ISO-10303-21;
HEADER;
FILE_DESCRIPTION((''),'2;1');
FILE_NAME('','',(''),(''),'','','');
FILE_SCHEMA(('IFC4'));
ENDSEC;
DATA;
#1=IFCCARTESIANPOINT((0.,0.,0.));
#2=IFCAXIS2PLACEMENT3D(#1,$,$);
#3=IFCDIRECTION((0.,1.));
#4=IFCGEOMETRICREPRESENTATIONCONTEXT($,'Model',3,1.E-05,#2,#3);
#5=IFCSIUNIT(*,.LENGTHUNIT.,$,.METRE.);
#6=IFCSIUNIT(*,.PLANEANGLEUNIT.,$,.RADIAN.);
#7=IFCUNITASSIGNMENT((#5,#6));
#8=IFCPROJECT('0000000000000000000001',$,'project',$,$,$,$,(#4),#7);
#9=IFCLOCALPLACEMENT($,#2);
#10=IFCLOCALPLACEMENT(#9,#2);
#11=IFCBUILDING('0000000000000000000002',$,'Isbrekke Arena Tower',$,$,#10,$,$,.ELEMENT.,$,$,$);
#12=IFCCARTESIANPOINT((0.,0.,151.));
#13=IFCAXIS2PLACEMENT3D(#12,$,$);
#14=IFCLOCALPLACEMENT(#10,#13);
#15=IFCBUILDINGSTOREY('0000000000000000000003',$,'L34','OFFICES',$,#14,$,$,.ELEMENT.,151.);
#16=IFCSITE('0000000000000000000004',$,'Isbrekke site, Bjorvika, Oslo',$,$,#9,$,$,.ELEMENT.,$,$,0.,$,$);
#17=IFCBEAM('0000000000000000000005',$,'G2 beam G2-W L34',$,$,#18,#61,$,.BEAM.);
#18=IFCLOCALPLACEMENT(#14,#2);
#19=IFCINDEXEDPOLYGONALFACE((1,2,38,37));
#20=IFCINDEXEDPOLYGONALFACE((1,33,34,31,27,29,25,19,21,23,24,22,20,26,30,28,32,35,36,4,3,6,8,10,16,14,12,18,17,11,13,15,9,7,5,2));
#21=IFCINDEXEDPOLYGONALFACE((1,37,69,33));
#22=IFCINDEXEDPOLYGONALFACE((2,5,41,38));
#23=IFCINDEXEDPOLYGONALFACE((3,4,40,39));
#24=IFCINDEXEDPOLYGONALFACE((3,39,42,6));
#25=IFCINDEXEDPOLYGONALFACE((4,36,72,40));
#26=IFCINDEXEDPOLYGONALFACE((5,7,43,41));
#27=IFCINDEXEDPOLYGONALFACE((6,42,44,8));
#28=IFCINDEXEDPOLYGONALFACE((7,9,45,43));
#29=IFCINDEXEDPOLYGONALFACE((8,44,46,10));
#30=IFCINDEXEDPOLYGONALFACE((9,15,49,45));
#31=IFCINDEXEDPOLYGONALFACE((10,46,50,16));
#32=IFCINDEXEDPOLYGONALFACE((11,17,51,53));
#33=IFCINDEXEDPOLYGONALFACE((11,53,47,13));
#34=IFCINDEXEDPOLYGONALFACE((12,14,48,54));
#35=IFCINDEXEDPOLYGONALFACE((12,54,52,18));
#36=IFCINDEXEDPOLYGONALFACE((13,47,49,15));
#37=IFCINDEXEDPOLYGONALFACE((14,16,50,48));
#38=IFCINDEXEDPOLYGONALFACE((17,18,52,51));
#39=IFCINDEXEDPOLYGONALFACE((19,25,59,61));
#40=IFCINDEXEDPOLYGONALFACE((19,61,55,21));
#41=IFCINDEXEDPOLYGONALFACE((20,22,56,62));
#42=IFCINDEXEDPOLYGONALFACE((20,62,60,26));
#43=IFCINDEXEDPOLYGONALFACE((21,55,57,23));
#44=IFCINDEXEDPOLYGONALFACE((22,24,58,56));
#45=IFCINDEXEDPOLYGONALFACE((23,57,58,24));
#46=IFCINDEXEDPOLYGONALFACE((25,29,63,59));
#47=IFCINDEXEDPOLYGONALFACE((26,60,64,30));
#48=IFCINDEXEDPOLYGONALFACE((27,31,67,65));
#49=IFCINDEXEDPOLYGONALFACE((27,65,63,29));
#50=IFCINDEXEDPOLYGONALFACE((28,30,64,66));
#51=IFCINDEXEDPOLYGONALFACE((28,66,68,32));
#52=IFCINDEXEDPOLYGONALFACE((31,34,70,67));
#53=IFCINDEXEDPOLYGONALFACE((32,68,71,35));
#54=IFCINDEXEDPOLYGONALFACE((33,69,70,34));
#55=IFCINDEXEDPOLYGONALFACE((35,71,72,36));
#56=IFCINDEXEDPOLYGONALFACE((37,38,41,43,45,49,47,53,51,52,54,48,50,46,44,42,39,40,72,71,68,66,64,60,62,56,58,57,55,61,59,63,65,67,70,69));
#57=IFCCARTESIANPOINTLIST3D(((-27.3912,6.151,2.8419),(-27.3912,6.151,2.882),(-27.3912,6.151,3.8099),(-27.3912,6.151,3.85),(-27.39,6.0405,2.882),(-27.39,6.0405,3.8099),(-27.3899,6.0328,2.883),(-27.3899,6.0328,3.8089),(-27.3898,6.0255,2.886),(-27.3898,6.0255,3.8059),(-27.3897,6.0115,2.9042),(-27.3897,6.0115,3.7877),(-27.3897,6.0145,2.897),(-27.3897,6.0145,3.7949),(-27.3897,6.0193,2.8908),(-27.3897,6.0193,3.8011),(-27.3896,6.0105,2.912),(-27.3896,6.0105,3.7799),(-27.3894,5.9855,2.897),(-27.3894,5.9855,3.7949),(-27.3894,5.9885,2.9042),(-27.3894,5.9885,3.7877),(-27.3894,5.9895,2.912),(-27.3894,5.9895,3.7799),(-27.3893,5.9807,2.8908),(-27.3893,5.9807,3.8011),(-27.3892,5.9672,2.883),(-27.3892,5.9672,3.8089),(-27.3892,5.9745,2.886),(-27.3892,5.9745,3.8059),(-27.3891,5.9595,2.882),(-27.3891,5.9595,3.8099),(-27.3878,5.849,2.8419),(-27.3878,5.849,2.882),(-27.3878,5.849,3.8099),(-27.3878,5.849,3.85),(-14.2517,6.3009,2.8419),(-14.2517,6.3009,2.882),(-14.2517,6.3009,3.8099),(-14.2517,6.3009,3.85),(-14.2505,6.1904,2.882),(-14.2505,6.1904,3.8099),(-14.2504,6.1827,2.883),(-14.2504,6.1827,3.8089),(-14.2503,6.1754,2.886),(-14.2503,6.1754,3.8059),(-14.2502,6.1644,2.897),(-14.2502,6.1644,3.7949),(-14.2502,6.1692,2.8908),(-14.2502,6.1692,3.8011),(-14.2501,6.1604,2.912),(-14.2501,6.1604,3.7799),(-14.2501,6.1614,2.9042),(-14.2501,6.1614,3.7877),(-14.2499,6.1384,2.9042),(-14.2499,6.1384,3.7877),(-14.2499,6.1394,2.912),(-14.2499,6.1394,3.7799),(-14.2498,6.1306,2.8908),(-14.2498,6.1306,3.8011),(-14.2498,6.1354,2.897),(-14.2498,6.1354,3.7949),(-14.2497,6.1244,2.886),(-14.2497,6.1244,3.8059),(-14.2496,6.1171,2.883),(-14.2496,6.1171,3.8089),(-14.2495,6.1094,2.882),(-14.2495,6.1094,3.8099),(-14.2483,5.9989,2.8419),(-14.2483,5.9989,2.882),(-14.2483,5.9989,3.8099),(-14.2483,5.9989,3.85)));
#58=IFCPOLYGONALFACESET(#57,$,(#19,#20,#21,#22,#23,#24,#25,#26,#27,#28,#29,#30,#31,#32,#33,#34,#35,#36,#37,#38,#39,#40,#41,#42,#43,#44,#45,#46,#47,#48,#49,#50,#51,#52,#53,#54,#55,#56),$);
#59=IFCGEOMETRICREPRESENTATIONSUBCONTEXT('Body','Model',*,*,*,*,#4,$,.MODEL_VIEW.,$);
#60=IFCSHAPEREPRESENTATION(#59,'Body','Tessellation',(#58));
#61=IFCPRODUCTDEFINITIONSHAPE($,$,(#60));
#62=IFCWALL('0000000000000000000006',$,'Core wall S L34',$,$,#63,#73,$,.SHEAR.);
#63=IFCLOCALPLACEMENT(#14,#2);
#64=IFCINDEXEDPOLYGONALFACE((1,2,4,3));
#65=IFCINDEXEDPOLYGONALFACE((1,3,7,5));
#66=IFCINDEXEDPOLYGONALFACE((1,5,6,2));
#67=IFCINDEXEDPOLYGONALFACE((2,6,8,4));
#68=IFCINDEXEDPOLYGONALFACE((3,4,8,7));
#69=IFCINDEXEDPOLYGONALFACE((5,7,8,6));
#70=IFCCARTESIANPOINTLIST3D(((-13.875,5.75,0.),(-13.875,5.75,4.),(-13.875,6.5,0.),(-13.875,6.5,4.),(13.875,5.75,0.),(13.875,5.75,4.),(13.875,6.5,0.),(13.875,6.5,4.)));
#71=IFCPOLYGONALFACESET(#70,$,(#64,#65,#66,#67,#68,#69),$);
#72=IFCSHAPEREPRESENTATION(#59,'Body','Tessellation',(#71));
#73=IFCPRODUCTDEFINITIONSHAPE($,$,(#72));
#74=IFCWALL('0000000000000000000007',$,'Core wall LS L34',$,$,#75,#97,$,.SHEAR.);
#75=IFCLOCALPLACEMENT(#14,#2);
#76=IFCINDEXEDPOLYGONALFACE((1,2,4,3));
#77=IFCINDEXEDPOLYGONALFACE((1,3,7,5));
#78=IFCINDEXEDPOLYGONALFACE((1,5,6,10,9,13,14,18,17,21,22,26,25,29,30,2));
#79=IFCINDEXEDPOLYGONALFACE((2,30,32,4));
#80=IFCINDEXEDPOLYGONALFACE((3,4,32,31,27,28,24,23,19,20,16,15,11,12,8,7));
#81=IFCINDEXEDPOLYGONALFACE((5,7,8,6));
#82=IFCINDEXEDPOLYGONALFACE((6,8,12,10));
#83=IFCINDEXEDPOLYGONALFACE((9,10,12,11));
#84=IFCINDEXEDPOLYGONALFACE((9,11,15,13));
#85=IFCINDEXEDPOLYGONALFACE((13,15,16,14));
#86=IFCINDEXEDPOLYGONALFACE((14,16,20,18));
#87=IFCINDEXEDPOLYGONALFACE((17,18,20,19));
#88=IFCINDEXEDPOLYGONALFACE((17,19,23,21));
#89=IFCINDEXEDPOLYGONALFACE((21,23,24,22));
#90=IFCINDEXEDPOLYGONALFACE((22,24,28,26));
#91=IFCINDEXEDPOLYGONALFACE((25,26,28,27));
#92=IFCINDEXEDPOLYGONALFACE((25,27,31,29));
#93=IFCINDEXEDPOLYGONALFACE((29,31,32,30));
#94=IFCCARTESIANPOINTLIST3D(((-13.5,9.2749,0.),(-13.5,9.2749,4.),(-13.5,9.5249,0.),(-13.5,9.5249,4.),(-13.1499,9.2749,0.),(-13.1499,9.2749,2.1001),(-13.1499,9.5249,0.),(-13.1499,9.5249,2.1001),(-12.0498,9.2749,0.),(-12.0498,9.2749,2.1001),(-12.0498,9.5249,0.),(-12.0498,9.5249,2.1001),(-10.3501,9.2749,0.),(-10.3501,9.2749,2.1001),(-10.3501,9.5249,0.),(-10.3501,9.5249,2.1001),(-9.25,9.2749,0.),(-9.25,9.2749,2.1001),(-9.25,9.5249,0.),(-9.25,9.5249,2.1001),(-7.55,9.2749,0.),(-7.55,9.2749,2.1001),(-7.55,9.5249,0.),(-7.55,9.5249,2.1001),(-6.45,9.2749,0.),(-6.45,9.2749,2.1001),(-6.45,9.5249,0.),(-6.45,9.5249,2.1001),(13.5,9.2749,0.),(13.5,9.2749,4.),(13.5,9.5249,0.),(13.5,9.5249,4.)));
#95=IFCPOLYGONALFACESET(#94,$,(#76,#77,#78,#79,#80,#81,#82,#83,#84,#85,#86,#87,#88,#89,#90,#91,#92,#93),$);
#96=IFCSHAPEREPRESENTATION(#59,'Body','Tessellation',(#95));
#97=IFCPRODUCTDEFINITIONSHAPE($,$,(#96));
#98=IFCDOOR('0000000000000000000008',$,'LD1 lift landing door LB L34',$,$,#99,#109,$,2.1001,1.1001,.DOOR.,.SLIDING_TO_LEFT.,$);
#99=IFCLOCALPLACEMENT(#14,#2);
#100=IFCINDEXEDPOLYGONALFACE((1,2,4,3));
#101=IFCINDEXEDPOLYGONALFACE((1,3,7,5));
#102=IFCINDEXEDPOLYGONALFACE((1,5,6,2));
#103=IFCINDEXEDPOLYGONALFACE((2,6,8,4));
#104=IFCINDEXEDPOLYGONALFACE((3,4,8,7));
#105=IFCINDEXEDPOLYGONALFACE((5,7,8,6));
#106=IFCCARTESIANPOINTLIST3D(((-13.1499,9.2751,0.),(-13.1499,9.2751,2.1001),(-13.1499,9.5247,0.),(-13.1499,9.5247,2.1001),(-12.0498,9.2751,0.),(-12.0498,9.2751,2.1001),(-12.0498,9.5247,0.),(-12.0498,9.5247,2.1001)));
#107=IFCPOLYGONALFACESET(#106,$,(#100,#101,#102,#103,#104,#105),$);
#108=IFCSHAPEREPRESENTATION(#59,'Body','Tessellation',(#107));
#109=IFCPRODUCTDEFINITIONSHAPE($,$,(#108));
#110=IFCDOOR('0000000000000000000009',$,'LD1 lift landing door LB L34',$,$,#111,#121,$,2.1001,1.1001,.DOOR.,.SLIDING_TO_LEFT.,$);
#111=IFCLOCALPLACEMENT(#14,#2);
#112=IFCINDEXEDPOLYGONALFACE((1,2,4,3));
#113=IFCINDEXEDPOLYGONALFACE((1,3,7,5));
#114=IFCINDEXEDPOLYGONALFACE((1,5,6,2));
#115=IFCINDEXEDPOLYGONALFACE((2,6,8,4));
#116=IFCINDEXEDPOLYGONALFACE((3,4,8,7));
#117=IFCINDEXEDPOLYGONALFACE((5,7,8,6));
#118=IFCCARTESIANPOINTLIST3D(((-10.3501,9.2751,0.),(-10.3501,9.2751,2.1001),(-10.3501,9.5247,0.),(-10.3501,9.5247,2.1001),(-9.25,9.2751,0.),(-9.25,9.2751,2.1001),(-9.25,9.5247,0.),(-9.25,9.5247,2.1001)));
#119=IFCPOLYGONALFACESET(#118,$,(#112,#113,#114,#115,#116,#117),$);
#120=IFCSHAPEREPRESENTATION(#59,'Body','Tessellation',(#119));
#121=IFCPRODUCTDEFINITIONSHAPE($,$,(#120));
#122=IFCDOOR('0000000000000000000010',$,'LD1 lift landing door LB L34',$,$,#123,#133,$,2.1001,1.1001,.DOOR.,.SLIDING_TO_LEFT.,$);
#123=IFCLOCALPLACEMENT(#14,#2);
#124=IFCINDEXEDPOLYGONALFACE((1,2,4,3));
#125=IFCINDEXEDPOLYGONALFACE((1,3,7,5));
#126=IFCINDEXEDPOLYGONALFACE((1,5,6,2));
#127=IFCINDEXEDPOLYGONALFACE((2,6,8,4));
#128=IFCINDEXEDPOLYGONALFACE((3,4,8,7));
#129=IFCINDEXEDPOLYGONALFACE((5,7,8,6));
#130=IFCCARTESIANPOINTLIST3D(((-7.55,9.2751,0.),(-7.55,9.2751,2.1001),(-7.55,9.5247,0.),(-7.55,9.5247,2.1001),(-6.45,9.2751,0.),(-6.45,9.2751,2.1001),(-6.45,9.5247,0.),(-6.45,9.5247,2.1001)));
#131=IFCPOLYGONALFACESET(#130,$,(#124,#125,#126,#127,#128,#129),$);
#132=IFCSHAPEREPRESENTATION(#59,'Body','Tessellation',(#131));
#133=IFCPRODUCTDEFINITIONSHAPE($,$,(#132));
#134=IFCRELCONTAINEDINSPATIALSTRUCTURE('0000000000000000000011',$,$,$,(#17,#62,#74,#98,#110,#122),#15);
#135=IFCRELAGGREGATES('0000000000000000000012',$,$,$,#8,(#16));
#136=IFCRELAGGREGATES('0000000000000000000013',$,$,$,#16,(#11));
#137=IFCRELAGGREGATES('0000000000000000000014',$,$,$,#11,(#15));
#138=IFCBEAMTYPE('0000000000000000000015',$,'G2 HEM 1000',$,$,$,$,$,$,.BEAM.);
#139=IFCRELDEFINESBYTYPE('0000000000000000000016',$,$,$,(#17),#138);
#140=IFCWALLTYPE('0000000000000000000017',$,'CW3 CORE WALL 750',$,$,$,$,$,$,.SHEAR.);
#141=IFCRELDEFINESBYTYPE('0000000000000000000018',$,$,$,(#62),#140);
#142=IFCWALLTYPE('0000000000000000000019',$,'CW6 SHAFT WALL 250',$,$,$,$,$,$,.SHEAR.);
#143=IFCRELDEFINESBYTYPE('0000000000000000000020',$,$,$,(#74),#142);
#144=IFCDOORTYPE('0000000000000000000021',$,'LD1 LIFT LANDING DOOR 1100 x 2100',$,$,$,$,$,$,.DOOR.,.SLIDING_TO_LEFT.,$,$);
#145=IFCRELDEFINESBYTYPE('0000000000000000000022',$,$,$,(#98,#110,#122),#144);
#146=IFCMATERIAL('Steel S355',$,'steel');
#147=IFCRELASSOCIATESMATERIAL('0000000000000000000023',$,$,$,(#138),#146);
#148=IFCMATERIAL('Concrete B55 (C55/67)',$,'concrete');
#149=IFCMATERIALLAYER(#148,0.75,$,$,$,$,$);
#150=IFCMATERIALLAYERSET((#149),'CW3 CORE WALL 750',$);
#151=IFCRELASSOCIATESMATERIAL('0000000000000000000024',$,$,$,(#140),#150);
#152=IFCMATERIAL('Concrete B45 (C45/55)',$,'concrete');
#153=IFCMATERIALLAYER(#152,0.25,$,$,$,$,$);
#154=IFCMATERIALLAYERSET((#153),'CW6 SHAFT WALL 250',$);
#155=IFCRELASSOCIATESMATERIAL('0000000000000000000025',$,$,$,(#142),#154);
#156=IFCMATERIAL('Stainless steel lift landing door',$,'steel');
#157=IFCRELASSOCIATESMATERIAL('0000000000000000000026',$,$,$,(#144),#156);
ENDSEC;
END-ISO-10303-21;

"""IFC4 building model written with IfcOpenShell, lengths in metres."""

from ifc_helpers import new_model, si_unit, direction, frame, frame_2d, origin, origin_2d, place, context, subcontext, project, spatial, rectangle, i_section, extrude, material, layer, layer_set, material_profile, profile_set, type_object, element, fill, save


model = new_model("IFC4")

# Units and contexts
model_context = context("Model", 3, precision=1e-05, world=origin(), true_north=direction((0.0, 1.0)))
body_context = subcontext(model_context, "Body", "Model", "MODEL_VIEW")
ifc_project = project(units=[si_unit("LENGTHUNIT", "METRE"), si_unit("PLANEANGLEUNIT", "RADIAN")], contexts=[model_context])

# Site, building, storey
site_placement = place(None, origin())
site = spatial("IfcSite", under=ifc_project, at=site_placement, Name="Isbrekke site, Bjorvika, Oslo", CompositionType="ELEMENT", RefElevation=0.0)
building_placement = place(site_placement, origin())
building = spatial("IfcBuilding", under=site, at=building_placement, Name="Isbrekke Arena Tower", CompositionType="ELEMENT")
storey_placement = place(building_placement, frame((0.0, 0.0, 151.0)))
storey = spatial("IfcBuildingStorey", under=building, at=storey_placement, Name="L34", Description="OFFICES", CompositionType="ELEMENT", Elevation=151.0)

# Beam
ifc_material_1 = material(Name="Steel S355", Category="steel")
ifc_material_profile = material_profile(ifc_material_1, i_section(OverallWidth=0.302, OverallDepth=1.0081, WebThickness=0.021, FlangeThickness=0.04, FilletRadius=0.03, at=origin_2d()), Name="HEM 1000")
ifc_profile_set = profile_set([ifc_material_profile], Name="Steel S355")
beam_type = type_object("IfcBeamType", Name="G2 HEM 1000", PredefinedType="BEAM", material=ifc_profile_set)
beam_placement = place(storey_placement, frame((-14.25, 6.1499, 3.3459), z_axis=(-0.999935, -0.011408, 0.0), x_axis=(0.011408, -0.999935, 0.0)))
element("IfcBeam", 1, at=beam_placement, inside=storey, type_object=beam_type, Name="G2 beam G2-W L34", PredefinedType="BEAM", context=body_context, shape_type="SweptSolid", body=[
    extrude(i_section(OverallWidth=0.302, OverallDepth=1.0081, WebThickness=0.021, FlangeThickness=0.04, FilletRadius=0.03, at=origin_2d()), origin(), (0.0, 0.0, 1.0), 13.1404),
])

# Wall
ifc_material_2 = material(Name="Concrete B55 (C55/67)", Category="concrete")
ifc_layer_1 = layer(ifc_material_2, 0.75)
ifc_layer_set_1 = layer_set([ifc_layer_1], Name="CW3 CORE WALL 750")
wall_type_1 = type_object("IfcWallType", Name="CW3 CORE WALL 750", PredefinedType="SHEAR", material=ifc_layer_set_1)
wall_1_placement = place(storey_placement, frame((-13.875, 6.125, 0.0), z_axis=(0.0, 0.0, 1.0), x_axis=(1.0, 0.0, 0.0)))
element("IfcWall", 2, at=wall_1_placement, inside=storey, type_object=wall_type_1, Name="Core wall S L34", PredefinedType="SHEAR", context=body_context, shape_type="SweptSolid", body=[
    extrude(rectangle(XDim=27.75, YDim=0.75, at=frame_2d((13.875, 0.0))), origin(), (0.0, 0.0, 1.0), 4.0),
])

# Wall, openings, doors
ifc_material_3 = material(Name="Concrete B45 (C45/55)", Category="concrete")
ifc_layer_2 = layer(ifc_material_3, 0.25)
ifc_layer_set_2 = layer_set([ifc_layer_2], Name="CW6 SHAFT WALL 250")
wall_type_2 = type_object("IfcWallType", Name="CW6 SHAFT WALL 250", PredefinedType="SHEAR", material=ifc_layer_set_2)
wall_2_placement = place(storey_placement, frame((-13.5, 9.3999, 0.0), z_axis=(0.0, 0.0, 1.0), x_axis=(1.0, 0.0, 0.0)))
wall_2 = element("IfcWall", 3, at=wall_2_placement, inside=storey, type_object=wall_type_2, Name="Core wall LS L34", PredefinedType="SHEAR", context=body_context, shape_type="SweptSolid", body=[
    extrude(rectangle(XDim=27.0, YDim=0.25, at=frame_2d((13.5, 0.0))), origin(), (0.0, 0.0, 1.0), 4.0),
])
opening_1_placement = place(wall_2_placement, frame((0.3501, 0.0, 0.0)))
opening_1 = element("IfcOpeningElement", 4, at=opening_1_placement, cuts=wall_2, PredefinedType="OPENING", context=body_context, shape_type="SweptSolid", body=[
    extrude(rectangle(XDim=1.1001, YDim=2.1001, at=frame_2d((0.55, 1.05))), frame((0.0, 0.1399, 0.0), z_axis=(0.0, -1.0, 0.0), x_axis=(1.0, 0.0, 0.0)), (0.0, 0.0, 1.0), 0.2798),
])
opening_2_placement = place(wall_2_placement, frame((3.1499, 0.0, 0.0)))
opening_2 = element("IfcOpeningElement", 5, at=opening_2_placement, cuts=wall_2, PredefinedType="OPENING", context=body_context, shape_type="SweptSolid", body=[
    extrude(rectangle(XDim=1.1001, YDim=2.1001, at=frame_2d((0.55, 1.05))), frame((0.0, 0.1399, 0.0), z_axis=(0.0, -1.0, 0.0), x_axis=(1.0, 0.0, 0.0)), (0.0, 0.0, 1.0), 0.2798),
])
opening_3_placement = place(wall_2_placement, frame((5.95, 0.0, 0.0)))
opening_3 = element("IfcOpeningElement", 6, at=opening_3_placement, cuts=wall_2, PredefinedType="OPENING", context=body_context, shape_type="SweptSolid", body=[
    extrude(rectangle(XDim=1.1001, YDim=2.1001, at=frame_2d((0.55, 1.05))), frame((0.0, 0.1399, 0.0), z_axis=(0.0, -1.0, 0.0), x_axis=(1.0, 0.0, 0.0)), (0.0, 0.0, 1.0), 0.2798),
])
ifc_material_4 = material(Name="Stainless steel lift landing door", Category="steel")
door_type_1 = type_object("IfcDoorType", Name="LD1 LIFT LANDING DOOR 1100 x 2100", OperationType="SLIDING_TO_LEFT", PredefinedType="DOOR", material=ifc_material_4)
door_1_placement = place(opening_1_placement, origin())
door_1 = element("IfcDoor", 7, at=door_1_placement, inside=storey, type_object=door_type_1, Name="LD1 lift landing door LB L34", OperationType="SLIDING_TO_LEFT", OverallHeight=2.1001, OverallWidth=1.1001, PredefinedType="DOOR", context=body_context, shape_type="SweptSolid", body=[
    extrude(rectangle(XDim=1.1001, YDim=2.1001, at=frame_2d((0.55, 1.05))), frame((0.0, 0.1248, 0.0), z_axis=(0.0, -1.0, 0.0), x_axis=(1.0, 0.0, 0.0)), (0.0, 0.0, 1.0), 0.2495),
])
fill(opening_1, door_1)
door_2_placement = place(opening_2_placement, origin())
door_2 = element("IfcDoor", 8, at=door_2_placement, inside=storey, type_object=door_type_1, Name="LD1 lift landing door LB L34", OperationType="SLIDING_TO_LEFT", OverallHeight=2.1001, OverallWidth=1.1001, PredefinedType="DOOR", context=body_context, shape_type="SweptSolid", body=[
    extrude(rectangle(XDim=1.1001, YDim=2.1001, at=frame_2d((0.55, 1.05))), frame((0.0, 0.1248, 0.0), z_axis=(0.0, -1.0, 0.0), x_axis=(1.0, 0.0, 0.0)), (0.0, 0.0, 1.0), 0.2495),
])
fill(opening_2, door_2)
door_3_placement = place(opening_3_placement, origin())
door_3 = element("IfcDoor", 9, at=door_3_placement, inside=storey, type_object=door_type_1, Name="LD1 lift landing door LB L34", OperationType="SLIDING_TO_LEFT", OverallHeight=2.1001, OverallWidth=1.1001, PredefinedType="DOOR", context=body_context, shape_type="SweptSolid", body=[
    extrude(rectangle(XDim=1.1001, YDim=2.1001, at=frame_2d((0.55, 1.05))), frame((0.0, 0.1248, 0.0), z_axis=(0.0, -1.0, 0.0), x_axis=(1.0, 0.0, 0.0)), (0.0, 0.0, 1.0), 0.2495),
])
fill(opening_3, door_3)

save(model, "model.ifc")
